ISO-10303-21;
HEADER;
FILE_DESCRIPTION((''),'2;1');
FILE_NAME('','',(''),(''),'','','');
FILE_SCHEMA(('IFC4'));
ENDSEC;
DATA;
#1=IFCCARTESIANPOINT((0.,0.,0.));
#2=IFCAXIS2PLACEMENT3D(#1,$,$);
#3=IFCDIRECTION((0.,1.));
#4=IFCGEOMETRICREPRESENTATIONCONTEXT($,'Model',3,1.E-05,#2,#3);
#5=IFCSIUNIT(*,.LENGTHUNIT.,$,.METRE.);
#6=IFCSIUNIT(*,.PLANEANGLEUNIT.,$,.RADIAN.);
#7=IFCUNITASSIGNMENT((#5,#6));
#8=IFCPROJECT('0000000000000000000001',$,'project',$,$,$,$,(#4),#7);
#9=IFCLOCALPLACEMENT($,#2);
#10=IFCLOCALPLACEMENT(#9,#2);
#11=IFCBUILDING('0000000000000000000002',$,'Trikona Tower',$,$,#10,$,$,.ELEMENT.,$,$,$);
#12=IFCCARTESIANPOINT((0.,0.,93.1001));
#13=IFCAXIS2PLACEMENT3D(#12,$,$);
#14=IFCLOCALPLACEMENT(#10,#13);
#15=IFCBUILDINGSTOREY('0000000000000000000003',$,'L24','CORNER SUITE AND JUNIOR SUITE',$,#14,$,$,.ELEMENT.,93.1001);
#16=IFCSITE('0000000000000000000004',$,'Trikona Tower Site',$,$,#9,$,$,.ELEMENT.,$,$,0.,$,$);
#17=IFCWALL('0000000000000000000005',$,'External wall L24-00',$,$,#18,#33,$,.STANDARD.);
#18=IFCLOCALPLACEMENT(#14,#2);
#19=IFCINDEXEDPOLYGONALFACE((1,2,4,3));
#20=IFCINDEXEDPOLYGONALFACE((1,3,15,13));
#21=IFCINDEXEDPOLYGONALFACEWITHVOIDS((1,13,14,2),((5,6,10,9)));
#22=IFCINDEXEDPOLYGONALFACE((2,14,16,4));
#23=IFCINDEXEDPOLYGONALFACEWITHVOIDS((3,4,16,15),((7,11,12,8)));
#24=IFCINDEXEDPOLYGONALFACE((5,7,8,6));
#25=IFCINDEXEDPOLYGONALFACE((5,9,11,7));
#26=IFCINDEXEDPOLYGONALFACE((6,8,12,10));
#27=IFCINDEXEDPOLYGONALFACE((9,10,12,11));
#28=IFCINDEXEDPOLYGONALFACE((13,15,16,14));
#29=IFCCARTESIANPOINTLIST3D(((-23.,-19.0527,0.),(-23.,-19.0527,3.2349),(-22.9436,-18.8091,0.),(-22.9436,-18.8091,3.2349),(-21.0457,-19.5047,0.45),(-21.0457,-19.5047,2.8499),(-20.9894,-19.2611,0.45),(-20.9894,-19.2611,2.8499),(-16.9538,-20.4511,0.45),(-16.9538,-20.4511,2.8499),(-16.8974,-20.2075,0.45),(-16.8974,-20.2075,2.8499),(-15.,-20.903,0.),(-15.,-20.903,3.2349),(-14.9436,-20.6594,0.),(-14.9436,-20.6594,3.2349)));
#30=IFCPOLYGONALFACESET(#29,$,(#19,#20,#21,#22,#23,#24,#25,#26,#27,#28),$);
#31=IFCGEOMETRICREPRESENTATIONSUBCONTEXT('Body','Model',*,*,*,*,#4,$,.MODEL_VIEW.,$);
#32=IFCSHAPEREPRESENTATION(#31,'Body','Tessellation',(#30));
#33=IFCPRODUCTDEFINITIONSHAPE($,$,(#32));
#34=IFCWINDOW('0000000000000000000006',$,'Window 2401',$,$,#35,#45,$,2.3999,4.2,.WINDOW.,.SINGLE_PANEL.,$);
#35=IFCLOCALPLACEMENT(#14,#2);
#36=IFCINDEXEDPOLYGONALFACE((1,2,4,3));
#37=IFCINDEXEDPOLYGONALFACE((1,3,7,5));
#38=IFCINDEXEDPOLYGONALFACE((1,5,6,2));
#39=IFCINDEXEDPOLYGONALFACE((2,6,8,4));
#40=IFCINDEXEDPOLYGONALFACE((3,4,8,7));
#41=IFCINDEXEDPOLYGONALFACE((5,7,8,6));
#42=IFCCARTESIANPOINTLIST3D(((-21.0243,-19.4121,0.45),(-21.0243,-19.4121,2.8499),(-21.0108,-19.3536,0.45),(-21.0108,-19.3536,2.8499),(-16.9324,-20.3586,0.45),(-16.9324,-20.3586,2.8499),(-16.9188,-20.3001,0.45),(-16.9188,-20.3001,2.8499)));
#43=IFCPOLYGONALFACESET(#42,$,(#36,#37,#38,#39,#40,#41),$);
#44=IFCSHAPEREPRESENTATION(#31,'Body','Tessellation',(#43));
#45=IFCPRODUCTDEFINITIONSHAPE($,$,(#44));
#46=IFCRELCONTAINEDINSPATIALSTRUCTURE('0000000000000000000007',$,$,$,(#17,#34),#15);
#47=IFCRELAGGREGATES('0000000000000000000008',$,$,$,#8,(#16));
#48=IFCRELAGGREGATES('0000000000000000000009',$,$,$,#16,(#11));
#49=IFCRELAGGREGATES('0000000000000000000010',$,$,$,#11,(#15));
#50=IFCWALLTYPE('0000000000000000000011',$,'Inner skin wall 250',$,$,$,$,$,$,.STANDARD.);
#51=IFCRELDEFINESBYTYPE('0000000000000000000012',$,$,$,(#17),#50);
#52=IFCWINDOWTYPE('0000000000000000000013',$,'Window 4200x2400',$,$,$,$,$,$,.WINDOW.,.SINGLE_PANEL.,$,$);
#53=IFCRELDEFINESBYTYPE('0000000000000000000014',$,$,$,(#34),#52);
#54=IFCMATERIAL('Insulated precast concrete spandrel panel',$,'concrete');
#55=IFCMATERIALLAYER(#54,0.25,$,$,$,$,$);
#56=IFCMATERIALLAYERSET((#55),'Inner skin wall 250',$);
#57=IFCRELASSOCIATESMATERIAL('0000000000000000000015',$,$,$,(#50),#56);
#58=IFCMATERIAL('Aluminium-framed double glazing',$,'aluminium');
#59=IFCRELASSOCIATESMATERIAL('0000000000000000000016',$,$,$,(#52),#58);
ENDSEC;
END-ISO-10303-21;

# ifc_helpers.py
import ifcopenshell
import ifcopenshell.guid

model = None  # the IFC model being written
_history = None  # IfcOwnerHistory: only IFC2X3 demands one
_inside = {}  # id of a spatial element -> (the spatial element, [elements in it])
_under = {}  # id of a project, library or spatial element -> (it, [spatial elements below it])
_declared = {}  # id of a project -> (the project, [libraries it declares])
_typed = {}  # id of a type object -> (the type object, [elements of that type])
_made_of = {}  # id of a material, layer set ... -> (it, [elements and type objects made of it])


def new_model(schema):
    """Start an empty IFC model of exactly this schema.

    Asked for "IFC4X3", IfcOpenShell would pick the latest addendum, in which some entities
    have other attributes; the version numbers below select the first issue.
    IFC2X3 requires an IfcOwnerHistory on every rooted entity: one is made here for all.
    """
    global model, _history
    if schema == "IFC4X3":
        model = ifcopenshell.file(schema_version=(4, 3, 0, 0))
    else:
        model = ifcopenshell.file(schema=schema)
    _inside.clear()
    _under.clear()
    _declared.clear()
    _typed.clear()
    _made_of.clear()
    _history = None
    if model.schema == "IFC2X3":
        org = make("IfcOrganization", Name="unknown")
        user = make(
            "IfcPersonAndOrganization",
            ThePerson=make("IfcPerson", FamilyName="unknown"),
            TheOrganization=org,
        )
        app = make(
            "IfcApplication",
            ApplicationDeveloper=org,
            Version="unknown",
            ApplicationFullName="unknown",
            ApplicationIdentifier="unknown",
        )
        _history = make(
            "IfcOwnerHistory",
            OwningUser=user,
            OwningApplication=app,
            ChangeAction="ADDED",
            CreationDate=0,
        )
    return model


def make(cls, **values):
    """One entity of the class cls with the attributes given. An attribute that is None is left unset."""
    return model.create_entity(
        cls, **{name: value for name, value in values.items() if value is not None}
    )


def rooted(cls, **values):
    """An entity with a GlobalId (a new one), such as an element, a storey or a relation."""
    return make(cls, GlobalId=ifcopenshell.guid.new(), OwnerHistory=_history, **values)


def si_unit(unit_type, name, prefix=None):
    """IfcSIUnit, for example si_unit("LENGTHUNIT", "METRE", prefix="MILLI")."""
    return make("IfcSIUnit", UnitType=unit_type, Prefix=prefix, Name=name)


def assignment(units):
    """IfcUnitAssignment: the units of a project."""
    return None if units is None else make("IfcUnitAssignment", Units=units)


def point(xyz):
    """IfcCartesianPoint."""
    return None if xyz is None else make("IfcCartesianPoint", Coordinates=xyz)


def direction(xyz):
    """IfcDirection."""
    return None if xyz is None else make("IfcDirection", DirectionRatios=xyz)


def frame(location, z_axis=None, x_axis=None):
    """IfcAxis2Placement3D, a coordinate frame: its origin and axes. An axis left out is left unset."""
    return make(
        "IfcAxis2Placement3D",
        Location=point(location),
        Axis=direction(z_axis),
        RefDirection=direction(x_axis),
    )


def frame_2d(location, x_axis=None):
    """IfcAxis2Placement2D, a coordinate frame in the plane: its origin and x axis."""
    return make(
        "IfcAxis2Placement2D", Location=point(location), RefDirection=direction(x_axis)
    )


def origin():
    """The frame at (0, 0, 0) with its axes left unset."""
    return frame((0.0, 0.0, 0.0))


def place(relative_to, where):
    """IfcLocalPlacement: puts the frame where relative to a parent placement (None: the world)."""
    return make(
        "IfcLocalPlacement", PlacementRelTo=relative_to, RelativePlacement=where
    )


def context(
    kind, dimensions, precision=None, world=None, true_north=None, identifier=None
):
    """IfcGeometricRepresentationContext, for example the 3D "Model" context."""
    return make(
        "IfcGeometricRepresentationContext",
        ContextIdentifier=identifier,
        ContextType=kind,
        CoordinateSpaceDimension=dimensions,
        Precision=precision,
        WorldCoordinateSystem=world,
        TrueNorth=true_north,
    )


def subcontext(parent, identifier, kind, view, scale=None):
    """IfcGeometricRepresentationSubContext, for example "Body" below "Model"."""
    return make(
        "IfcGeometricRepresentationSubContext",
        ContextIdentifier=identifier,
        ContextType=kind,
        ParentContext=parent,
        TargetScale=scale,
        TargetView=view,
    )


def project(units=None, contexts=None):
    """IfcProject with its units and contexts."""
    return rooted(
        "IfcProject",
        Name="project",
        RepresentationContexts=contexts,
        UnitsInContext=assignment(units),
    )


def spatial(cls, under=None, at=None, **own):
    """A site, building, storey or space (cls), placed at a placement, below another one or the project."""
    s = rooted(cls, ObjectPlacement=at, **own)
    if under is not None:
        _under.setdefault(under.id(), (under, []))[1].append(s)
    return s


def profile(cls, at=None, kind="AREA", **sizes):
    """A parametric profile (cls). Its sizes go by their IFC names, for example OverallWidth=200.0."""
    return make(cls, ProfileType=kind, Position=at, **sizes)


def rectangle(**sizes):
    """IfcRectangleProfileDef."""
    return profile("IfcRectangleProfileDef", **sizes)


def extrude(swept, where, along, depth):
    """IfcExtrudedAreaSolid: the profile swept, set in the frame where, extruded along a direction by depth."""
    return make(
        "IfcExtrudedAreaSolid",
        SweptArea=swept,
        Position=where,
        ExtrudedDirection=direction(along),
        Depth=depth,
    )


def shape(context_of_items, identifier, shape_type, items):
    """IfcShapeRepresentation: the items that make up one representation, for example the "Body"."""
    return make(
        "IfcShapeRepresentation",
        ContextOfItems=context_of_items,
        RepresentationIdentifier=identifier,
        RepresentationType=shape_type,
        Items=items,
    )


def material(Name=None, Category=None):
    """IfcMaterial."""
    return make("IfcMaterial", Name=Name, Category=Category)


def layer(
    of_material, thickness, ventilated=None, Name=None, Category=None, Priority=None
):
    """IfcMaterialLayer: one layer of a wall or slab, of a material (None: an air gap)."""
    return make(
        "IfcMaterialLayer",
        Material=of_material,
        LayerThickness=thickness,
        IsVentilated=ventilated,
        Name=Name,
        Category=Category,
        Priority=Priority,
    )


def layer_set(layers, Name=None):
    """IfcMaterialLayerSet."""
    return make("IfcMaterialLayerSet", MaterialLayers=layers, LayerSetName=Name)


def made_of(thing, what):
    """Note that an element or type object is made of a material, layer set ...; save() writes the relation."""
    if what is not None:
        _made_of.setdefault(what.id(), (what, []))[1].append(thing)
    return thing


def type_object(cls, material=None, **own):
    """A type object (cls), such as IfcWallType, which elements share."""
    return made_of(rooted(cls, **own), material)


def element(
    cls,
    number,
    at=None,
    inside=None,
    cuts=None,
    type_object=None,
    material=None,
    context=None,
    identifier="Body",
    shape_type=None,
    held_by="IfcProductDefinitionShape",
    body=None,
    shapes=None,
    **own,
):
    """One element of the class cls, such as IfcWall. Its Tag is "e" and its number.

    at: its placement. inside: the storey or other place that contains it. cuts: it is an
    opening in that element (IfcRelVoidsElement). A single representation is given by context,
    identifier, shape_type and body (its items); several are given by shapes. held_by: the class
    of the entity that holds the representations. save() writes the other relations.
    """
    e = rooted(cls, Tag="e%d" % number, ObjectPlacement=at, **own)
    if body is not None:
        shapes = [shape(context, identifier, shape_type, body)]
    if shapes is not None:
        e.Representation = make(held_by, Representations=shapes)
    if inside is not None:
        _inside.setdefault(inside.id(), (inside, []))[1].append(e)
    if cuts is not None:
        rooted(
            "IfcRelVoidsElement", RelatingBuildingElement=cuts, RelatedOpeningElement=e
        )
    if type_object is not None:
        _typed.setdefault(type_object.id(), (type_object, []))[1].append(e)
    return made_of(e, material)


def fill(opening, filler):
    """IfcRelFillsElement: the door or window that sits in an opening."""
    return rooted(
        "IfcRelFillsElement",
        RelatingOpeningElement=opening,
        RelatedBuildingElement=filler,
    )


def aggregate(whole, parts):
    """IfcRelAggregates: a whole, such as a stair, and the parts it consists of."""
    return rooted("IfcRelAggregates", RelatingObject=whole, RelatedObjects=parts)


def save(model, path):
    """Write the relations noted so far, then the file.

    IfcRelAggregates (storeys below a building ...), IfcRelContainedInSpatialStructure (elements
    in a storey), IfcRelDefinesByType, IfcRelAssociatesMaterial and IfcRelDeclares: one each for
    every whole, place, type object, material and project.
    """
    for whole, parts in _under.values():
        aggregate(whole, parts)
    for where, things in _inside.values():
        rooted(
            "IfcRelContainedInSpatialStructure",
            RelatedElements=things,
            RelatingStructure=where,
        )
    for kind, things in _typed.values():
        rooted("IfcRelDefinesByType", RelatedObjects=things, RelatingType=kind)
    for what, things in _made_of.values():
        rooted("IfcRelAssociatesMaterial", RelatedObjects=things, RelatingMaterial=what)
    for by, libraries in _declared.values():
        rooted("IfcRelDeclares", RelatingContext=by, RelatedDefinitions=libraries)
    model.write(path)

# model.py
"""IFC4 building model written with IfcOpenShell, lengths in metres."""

from ifc_helpers import new_model, si_unit, direction, frame, frame_2d, origin, place, context, subcontext, project, spatial, rectangle, extrude, material, layer, layer_set, type_object, element, fill, save


model = new_model("IFC4")

# Units and contexts
model_context = context("Model", 3, precision=1e-05, world=origin(), true_north=direction((0.0, 1.0)))
body_context = subcontext(model_context, "Body", "Model", "MODEL_VIEW")
ifc_project = project(units=[si_unit("LENGTHUNIT", "METRE"), si_unit("PLANEANGLEUNIT", "RADIAN")], contexts=[model_context])

# Site, building, storey
site_placement = place(None, origin())
site = spatial("IfcSite", under=ifc_project, at=site_placement, Name="Trikona Tower Site", CompositionType="ELEMENT", RefElevation=0.0)
building_placement = place(site_placement, origin())
building = spatial("IfcBuilding", under=site, at=building_placement, Name="Trikona Tower", CompositionType="ELEMENT")
storey_placement = place(building_placement, frame((0.0, 0.0, 93.1001)))
storey = spatial("IfcBuildingStorey", under=building, at=storey_placement, Name="L24", Description="CORNER SUITE AND JUNIOR SUITE", CompositionType="ELEMENT", Elevation=93.1001)

# Wall, opening, window
ifc_material_1 = material(Name="Insulated precast concrete spandrel panel", Category="concrete")
ifc_layer_1 = layer(ifc_material_1, 0.25)
ifc_layer_set_1 = layer_set([ifc_layer_1], Name="Inner skin wall 250")
wall_type_1 = type_object("IfcWallType", Name="Inner skin wall 250", PredefinedType="STANDARD", material=ifc_layer_set_1)
wall_1_placement = place(storey_placement, frame((-22.9717, -18.9309, 0.0), z_axis=(0.0, 0.0, 1.0), x_axis=(0.974279, -0.225344, 0.0)))
wall_1 = element("IfcWall", 1, at=wall_1_placement, inside=storey, type_object=wall_type_1, Name="External wall L24-00", PredefinedType="STANDARD", context=body_context, shape_type="SweptSolid", body=[
    extrude(rectangle(XDim=8.2112, YDim=0.25, at=frame_2d((4.1055, 0.0))), origin(), (0.0, 0.0, 1.0), 3.2349),
])
opening_1_placement = place(wall_1_placement, frame((2.0056, 0.0, 0.45)))
opening_1 = element("IfcOpeningElement", 2, at=opening_1_placement, cuts=wall_1, PredefinedType="OPENING", context=body_context, shape_type="SweptSolid", body=[
    extrude(rectangle(XDim=4.2, YDim=2.3999, at=frame_2d((2.1001, 1.2))), frame((0.0, 0.135, 0.0), z_axis=(0.0, -1.0, 0.0), x_axis=(1.0, 0.0, 0.0)), (0.0, 0.0, 1.0), 0.27),
])
ifc_material_2 = material(Name="Aluminium-framed double glazing", Category="aluminium")
window_type_1 = type_object("IfcWindowType", Name="Window 4200x2400", PartitioningType="SINGLE_PANEL", PredefinedType="WINDOW", material=ifc_material_2)
window_1_placement = place(opening_1_placement, origin())
window_1 = element("IfcWindow", 3, at=window_1_placement, inside=storey, type_object=window_type_1, Name="Window 2401", OverallHeight=2.3999, OverallWidth=4.2, PartitioningType="SINGLE_PANEL", PredefinedType="WINDOW", context=body_context, shape_type="SweptSolid", body=[
    extrude(rectangle(XDim=4.2, YDim=2.3999, at=frame_2d((2.1001, 1.2))), frame((0.0, 0.03, 0.0), z_axis=(0.0, -1.0, 0.0), x_axis=(1.0, 0.0, 0.0)), (0.0, 0.0, 1.0), 0.0601),
])
fill(opening_1, window_1)

save(model, "model.ifc")
